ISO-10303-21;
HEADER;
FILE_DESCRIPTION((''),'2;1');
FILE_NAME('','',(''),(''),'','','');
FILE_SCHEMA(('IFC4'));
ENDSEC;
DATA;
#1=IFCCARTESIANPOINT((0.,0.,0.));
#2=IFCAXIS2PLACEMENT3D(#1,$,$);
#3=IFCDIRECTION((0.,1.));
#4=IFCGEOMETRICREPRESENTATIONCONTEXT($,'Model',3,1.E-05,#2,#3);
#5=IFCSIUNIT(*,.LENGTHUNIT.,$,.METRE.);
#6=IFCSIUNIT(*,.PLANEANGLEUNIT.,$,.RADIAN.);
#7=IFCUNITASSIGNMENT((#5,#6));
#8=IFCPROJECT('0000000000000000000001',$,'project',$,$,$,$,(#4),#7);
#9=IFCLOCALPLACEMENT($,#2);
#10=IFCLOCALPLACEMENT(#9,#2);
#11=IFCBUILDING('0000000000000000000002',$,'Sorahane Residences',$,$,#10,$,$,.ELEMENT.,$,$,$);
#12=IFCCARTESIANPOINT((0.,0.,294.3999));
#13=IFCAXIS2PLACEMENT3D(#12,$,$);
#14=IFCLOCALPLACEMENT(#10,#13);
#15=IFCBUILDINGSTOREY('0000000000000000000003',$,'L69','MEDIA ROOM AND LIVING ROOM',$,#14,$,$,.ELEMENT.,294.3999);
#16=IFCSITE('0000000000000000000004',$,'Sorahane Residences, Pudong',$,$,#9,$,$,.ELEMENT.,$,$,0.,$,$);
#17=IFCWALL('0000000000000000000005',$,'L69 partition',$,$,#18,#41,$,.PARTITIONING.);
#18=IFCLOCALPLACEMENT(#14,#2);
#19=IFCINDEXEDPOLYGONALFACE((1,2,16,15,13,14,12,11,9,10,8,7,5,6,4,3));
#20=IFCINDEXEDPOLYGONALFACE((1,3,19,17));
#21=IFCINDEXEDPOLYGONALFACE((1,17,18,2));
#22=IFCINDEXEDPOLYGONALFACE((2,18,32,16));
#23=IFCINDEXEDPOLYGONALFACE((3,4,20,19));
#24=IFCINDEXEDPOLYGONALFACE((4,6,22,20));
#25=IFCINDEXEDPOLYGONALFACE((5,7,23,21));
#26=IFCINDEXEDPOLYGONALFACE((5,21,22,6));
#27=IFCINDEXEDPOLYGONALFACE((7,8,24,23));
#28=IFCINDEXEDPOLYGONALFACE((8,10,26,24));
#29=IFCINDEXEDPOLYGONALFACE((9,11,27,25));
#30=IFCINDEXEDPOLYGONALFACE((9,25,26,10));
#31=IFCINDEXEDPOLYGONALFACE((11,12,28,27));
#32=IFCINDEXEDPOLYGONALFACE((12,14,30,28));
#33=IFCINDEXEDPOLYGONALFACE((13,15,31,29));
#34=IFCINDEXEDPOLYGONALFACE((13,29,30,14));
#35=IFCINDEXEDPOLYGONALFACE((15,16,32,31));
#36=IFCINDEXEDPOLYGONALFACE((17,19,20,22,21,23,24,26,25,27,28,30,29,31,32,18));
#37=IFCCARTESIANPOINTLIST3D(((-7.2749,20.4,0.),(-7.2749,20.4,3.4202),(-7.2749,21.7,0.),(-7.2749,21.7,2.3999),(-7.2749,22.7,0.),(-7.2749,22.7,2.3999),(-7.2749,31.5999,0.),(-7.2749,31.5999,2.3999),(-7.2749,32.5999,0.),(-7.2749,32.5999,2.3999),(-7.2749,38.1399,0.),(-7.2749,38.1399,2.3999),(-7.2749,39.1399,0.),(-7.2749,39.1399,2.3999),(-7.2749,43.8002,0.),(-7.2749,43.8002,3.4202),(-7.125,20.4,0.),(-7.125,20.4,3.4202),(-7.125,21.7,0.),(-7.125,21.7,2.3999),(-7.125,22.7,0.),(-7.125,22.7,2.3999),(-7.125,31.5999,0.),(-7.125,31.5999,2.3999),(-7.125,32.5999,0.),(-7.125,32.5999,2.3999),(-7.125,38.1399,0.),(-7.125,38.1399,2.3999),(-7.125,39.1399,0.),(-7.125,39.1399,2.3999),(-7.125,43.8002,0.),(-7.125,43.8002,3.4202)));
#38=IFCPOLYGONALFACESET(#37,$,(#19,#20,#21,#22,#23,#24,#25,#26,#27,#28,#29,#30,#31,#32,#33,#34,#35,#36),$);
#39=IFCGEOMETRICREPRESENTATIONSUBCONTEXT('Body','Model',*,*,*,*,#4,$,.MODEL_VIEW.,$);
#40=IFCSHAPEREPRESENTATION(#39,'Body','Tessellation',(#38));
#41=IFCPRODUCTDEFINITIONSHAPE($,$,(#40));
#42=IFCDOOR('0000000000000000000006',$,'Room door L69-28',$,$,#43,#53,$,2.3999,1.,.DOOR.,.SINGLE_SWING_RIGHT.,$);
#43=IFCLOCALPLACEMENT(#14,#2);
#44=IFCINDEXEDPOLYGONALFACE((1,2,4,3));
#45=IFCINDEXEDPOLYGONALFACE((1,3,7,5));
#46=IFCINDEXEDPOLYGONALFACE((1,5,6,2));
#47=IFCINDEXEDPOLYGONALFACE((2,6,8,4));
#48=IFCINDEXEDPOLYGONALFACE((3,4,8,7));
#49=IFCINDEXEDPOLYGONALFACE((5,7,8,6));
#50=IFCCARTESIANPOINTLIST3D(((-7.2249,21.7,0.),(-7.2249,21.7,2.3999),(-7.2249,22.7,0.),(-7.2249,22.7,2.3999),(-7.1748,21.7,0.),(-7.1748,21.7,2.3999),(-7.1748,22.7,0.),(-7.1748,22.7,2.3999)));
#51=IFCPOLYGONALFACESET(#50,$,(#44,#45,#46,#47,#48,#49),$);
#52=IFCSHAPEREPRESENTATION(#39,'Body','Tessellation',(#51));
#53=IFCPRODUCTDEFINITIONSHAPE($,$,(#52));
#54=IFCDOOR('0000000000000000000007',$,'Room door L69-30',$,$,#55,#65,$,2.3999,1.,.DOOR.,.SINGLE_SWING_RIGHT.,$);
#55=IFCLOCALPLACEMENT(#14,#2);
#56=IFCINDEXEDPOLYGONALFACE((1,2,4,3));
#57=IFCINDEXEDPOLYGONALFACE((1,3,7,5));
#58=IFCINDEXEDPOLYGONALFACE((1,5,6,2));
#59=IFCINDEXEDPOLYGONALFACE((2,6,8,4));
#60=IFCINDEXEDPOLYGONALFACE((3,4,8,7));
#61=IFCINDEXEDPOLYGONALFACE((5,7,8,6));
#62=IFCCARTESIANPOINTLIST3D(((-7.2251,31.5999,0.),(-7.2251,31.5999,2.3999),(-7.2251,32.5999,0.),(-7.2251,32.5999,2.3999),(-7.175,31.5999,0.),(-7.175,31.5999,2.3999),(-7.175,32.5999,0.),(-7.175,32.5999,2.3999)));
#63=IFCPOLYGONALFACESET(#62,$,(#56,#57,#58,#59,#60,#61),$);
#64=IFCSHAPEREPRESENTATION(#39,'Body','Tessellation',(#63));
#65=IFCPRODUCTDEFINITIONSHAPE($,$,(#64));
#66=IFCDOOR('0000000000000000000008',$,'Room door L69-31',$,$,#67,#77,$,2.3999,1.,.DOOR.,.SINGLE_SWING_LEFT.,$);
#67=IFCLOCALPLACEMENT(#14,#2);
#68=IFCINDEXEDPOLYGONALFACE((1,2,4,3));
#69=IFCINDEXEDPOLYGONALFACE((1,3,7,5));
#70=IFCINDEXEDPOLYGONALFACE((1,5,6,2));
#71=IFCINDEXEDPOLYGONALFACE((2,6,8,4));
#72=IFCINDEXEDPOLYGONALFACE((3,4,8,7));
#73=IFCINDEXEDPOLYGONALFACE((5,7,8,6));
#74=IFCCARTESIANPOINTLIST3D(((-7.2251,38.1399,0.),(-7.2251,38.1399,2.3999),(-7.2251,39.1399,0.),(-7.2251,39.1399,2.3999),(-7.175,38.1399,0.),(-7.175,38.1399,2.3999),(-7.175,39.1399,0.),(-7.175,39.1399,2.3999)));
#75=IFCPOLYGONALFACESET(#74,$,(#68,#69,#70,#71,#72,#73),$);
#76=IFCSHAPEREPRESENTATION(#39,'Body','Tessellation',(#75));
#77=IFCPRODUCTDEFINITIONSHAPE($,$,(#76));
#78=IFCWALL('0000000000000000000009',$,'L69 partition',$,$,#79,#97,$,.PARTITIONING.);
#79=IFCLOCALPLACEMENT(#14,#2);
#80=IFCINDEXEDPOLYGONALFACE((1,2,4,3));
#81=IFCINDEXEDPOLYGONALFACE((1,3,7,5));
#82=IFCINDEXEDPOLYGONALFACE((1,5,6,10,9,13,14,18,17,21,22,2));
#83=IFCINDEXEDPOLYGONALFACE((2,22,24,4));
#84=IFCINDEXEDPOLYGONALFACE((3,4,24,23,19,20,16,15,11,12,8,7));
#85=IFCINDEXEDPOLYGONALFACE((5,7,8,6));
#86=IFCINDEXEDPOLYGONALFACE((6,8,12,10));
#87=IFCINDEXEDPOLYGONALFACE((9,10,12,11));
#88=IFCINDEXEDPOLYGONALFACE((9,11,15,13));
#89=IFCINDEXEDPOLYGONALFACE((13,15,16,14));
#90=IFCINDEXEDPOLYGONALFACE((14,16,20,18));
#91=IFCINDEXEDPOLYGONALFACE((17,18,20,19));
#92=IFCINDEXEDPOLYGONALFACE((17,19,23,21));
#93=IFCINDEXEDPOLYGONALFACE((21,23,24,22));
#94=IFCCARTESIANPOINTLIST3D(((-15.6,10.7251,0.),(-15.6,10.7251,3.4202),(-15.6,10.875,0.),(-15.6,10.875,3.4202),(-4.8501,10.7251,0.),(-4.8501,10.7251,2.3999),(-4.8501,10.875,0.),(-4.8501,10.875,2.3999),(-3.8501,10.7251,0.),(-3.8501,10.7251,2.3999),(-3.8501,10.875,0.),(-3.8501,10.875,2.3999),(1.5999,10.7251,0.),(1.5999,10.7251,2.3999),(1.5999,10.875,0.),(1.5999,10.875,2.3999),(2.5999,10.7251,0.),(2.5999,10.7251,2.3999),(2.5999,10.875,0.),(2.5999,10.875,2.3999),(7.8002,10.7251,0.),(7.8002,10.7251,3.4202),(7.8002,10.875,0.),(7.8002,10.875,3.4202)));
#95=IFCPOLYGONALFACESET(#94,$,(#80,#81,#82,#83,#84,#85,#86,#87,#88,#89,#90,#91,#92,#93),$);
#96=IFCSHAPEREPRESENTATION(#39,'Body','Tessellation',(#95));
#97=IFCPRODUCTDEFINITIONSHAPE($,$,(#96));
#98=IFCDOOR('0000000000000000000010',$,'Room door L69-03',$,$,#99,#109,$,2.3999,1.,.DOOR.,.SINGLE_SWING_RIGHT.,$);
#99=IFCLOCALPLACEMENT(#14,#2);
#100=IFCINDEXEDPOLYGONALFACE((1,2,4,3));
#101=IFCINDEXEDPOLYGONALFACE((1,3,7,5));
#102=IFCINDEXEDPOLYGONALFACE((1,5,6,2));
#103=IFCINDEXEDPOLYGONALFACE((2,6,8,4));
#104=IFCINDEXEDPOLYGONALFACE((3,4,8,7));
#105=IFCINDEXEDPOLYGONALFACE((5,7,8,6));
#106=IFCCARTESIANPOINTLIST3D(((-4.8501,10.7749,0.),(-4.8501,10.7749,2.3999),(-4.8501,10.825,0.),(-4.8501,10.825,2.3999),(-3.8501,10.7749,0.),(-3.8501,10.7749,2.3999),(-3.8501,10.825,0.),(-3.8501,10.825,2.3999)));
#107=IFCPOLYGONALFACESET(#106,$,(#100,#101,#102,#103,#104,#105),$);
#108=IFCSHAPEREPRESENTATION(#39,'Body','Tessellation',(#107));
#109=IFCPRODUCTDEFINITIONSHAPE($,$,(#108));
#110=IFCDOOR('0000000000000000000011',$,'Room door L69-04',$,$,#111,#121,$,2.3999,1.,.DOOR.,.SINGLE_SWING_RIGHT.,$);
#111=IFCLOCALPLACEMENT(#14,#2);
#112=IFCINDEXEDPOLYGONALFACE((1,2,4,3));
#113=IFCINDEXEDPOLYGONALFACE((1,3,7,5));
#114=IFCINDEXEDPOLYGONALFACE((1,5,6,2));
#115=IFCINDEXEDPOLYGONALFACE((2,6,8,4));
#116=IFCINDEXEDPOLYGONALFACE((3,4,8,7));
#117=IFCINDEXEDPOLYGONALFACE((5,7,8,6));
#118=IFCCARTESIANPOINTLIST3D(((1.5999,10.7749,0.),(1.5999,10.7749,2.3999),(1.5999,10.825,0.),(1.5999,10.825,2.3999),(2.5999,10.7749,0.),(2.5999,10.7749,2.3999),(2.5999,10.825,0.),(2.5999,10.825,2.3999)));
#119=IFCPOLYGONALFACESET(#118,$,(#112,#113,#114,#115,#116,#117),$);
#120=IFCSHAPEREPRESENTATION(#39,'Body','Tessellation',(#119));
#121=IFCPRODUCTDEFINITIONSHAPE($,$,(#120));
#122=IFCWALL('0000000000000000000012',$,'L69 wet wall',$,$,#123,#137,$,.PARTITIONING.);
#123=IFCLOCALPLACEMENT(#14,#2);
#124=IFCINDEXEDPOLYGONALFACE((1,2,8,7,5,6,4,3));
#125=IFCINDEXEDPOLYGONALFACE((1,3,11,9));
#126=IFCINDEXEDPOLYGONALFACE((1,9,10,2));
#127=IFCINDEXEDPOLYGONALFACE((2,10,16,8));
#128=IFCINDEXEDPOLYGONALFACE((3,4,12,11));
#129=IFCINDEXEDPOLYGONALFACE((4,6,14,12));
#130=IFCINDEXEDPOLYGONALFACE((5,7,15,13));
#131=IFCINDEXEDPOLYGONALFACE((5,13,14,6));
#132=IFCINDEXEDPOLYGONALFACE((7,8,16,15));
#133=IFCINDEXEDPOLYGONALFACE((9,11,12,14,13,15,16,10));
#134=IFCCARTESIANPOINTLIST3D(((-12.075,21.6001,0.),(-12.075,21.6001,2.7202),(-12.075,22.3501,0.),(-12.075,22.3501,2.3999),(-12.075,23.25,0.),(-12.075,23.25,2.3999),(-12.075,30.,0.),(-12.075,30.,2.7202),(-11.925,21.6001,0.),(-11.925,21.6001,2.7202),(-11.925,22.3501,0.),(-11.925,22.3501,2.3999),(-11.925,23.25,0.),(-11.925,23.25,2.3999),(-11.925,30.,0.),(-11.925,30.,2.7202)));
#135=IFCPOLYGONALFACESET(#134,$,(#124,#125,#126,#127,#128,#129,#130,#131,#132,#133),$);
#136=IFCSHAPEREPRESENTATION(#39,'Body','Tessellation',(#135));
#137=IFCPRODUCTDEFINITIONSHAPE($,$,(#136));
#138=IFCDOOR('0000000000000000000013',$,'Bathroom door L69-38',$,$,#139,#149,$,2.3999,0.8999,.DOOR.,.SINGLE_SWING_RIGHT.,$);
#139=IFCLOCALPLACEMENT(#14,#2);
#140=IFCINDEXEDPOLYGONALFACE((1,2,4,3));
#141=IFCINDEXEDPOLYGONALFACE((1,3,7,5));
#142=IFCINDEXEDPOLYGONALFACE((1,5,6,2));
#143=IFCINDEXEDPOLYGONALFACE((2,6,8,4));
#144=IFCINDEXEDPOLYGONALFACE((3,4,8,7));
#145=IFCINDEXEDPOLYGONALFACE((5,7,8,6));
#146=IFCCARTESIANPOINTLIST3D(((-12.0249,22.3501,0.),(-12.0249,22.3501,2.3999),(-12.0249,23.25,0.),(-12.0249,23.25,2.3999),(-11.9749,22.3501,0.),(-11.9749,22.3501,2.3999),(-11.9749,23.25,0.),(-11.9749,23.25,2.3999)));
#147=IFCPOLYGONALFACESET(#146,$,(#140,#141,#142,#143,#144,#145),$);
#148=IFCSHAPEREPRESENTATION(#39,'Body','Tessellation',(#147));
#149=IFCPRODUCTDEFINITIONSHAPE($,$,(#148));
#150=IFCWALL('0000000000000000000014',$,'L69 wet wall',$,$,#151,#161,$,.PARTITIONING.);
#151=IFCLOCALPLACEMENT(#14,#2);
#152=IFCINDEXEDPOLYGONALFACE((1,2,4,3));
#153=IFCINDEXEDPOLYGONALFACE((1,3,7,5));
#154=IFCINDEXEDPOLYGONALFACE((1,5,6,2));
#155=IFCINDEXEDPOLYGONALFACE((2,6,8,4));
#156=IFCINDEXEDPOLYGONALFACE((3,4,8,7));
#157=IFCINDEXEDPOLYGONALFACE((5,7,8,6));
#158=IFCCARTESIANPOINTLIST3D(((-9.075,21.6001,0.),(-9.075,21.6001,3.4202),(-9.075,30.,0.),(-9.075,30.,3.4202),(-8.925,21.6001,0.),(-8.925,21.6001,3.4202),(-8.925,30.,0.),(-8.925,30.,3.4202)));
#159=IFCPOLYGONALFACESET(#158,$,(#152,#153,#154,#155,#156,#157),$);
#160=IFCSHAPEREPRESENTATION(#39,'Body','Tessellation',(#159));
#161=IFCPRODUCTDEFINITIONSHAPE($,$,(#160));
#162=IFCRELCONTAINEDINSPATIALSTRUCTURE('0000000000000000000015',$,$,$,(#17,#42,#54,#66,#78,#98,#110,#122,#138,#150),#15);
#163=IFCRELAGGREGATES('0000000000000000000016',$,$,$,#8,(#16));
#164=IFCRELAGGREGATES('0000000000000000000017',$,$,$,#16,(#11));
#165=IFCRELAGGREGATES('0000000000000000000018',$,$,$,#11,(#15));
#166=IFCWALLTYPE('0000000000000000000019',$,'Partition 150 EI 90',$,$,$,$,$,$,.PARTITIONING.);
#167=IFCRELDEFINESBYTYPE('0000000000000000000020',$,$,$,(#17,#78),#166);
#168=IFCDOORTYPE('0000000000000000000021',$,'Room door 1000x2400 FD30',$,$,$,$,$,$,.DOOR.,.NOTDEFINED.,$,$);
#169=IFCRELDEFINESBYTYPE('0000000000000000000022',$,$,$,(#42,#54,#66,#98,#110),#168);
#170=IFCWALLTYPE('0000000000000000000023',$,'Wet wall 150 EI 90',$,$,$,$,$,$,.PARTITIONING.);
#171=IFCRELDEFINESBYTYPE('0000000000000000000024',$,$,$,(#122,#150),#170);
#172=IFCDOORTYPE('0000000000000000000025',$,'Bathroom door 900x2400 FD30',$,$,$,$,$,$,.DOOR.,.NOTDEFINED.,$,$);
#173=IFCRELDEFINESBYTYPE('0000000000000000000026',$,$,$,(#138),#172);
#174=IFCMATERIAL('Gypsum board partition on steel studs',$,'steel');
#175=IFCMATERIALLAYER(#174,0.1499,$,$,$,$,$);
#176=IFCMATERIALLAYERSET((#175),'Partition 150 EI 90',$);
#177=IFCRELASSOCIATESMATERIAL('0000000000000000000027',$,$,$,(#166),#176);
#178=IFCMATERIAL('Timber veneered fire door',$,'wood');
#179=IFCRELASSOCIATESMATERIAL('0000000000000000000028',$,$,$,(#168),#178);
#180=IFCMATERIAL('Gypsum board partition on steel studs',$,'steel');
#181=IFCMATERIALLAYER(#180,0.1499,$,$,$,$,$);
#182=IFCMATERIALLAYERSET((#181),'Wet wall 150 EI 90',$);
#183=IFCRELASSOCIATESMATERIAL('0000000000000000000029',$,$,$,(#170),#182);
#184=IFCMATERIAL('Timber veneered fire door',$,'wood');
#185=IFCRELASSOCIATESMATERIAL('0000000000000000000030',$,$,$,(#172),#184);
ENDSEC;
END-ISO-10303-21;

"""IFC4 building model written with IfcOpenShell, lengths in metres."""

from ifc_helpers import new_model, si_unit, direction, frame, frame_2d, origin, place, context, subcontext, project, spatial, rectangle, extrude, material, layer, layer_set, type_object, element, fill, save


model = new_model("IFC4")

# Units and contexts
model_context = context("Model", 3, precision=1e-05, world=origin(), true_north=direction((0.0, 1.0)))
body_context = subcontext(model_context, "Body", "Model", "MODEL_VIEW")
ifc_project = project(units=[si_unit("LENGTHUNIT", "METRE"), si_unit("PLANEANGLEUNIT", "RADIAN")], contexts=[model_context])

# Site, building, storey
site_placement = place(None, origin())
site = spatial("IfcSite", under=ifc_project, at=site_placement, Name="Sorahane Residences, Pudong", CompositionType="ELEMENT", RefElevation=0.0)
building_placement = place(site_placement, origin())
building = spatial("IfcBuilding", under=site, at=building_placement, Name="Sorahane Residences", CompositionType="ELEMENT")
storey_placement = place(building_placement, frame((0.0, 0.0, 294.3999)))
storey = spatial("IfcBuildingStorey", under=building, at=storey_placement, Name="L69", Description="MEDIA ROOM AND LIVING ROOM", CompositionType="ELEMENT", Elevation=294.3999)

# Shared definitions
ifc_material_1 = material(Name="Gypsum board partition on steel studs", Category="steel")
ifc_layer_1 = layer(ifc_material_1, 0.1499)
ifc_layer_set_1 = layer_set([ifc_layer_1], Name="Partition 150 EI 90")
wall_type_1 = type_object("IfcWallType", Name="Partition 150 EI 90", PredefinedType="PARTITIONING", material=ifc_layer_set_1)
ifc_material_2 = material(Name="Timber veneered fire door", Category="wood")
door_type_1 = type_object("IfcDoorType", Name="Room door 1000x2400 FD30", OperationType="NOTDEFINED", PredefinedType="DOOR", material=ifc_material_2)

# Wall, openings, doors
wall_1_placement = place(storey_placement, frame((-7.2, 20.3999, 0.0), z_axis=(0.0, 0.0, 1.0), x_axis=(0.0, 1.0, 0.0)))
wall_1 = element("IfcWall", 1, at=wall_1_placement, inside=storey, type_object=wall_type_1, Name="L69 partition", PredefinedType="PARTITIONING", context=body_context, shape_type="SweptSolid", body=[
    extrude(rectangle(XDim=23.4001, YDim=0.1499, at=frame_2d((11.7002, 0.0))), origin(), (0.0, 0.0, 1.0), 3.4202),
])
opening_1_placement = place(wall_1_placement, frame((1.3, 0.0, 0.0)))
opening_1 = element("IfcOpeningElement", 2, at=opening_1_placement, cuts=wall_1, PredefinedType="OPENING", context=body_context, shape_type="SweptSolid", body=[
    extrude(rectangle(XDim=1.0, YDim=2.3999, at=frame_2d((0.5, 1.2))), frame((0.0, 0.085, 0.0), z_axis=(0.0, -1.0, 0.0), x_axis=(1.0, 0.0, 0.0)), (0.0, 0.0, 1.0), 0.1699),
])
opening_2_placement = place(wall_1_placement, frame((11.2, 0.0, 0.0)))
opening_2 = element("IfcOpeningElement", 3, at=opening_2_placement, cuts=wall_1, PredefinedType="OPENING", context=body_context, shape_type="SweptSolid", body=[
    extrude(rectangle(XDim=1.0, YDim=2.3999, at=frame_2d((0.5, 1.2))), frame((0.0, 0.085, 0.0), z_axis=(0.0, -1.0, 0.0), x_axis=(1.0, 0.0, 0.0)), (0.0, 0.0, 1.0), 0.1699),
])
opening_3_placement = place(wall_1_placement, frame((17.74, 0.0, 0.0)))
opening_3 = element("IfcOpeningElement", 4, at=opening_3_placement, cuts=wall_1, PredefinedType="OPENING", context=body_context, shape_type="SweptSolid", body=[
    extrude(rectangle(XDim=1.0, YDim=2.3999, at=frame_2d((0.5, 1.2))), frame((0.0, 0.085, 0.0), z_axis=(0.0, -1.0, 0.0), x_axis=(1.0, 0.0, 0.0)), (0.0, 0.0, 1.0), 0.1699),
])
door_1_placement = place(opening_1_placement, origin())
door_1 = element("IfcDoor", 5, at=door_1_placement, inside=storey, type_object=door_type_1, Name="Room door L69-28", OperationType="SINGLE_SWING_RIGHT", OverallHeight=2.3999, OverallWidth=1.0, PredefinedType="DOOR", context=body_context, shape_type="SweptSolid", body=[
    extrude(rectangle(XDim=1.0, YDim=2.3999, at=frame_2d((0.5, 1.2))), frame((0.0, 0.0249, 0.0), z_axis=(0.0, -1.0, 0.0), x_axis=(1.0, 0.0, 0.0)), (0.0, 0.0, 1.0), 0.05),
])
fill(opening_1, door_1)
door_2_placement = place(opening_2_placement, frame((1.0, 0.0, 0.0), z_axis=(0.0, 0.0, 1.0), x_axis=(-1.0, 0.0, 0.0)))
door_2 = element("IfcDoor", 6, at=door_2_placement, inside=storey, type_object=door_type_1, Name="Room door L69-30", OperationType="SINGLE_SWING_RIGHT", OverallHeight=2.3999, OverallWidth=1.0, PredefinedType="DOOR", context=body_context, shape_type="SweptSolid", body=[
    extrude(rectangle(XDim=1.0, YDim=2.3999, at=frame_2d((0.5, 1.2))), frame((0.0, 0.0249, 0.0), z_axis=(0.0, -1.0, 0.0), x_axis=(1.0, 0.0, 0.0)), (0.0, 0.0, 1.0), 0.05),
])
fill(opening_2, door_2)
door_3_placement = place(opening_3_placement, frame((1.0, 0.0, 0.0), z_axis=(0.0, 0.0, 1.0), x_axis=(-1.0, 0.0, 0.0)))
door_3 = element("IfcDoor", 7, at=door_3_placement, inside=storey, type_object=door_type_1, Name="Room door L69-31", OperationType="SINGLE_SWING_LEFT", OverallHeight=2.3999, OverallWidth=1.0, PredefinedType="DOOR", context=body_context, shape_type="SweptSolid", body=[
    extrude(rectangle(XDim=1.0, YDim=2.3999, at=frame_2d((0.5, 1.2))), frame((0.0, 0.0249, 0.0), z_axis=(0.0, -1.0, 0.0), x_axis=(1.0, 0.0, 0.0)), (0.0, 0.0, 1.0), 0.05),
])
fill(opening_3, door_3)

# Wall, openings, doors
wall_2_placement = place(storey_placement, frame((-15.6001, 10.8, 0.0), z_axis=(0.0, 0.0, 1.0), x_axis=(1.0, 0.0, 0.0)))
wall_2 = element("IfcWall", 8, at=wall_2_placement, inside=storey, type_object=wall_type_1, Name="L69 partition", PredefinedType="PARTITIONING", context=body_context, shape_type="SweptSolid", body=[
    extrude(rectangle(XDim=23.4001, YDim=0.1499, at=frame_2d((11.7002, 0.0))), origin(), (0.0, 0.0, 1.0), 3.4202),
])
opening_4_placement = place(wall_2_placement, frame((10.75, 0.0, 0.0)))
opening_4 = element("IfcOpeningElement", 9, at=opening_4_placement, cuts=wall_2, PredefinedType="OPENING", context=body_context, shape_type="SweptSolid", body=[
    extrude(rectangle(XDim=1.0, YDim=2.3999, at=frame_2d((0.5, 1.2))), frame((0.0, 0.085, 0.0), z_axis=(0.0, -1.0, 0.0), x_axis=(1.0, 0.0, 0.0)), (0.0, 0.0, 1.0), 0.1699),
])
opening_5_placement = place(wall_2_placement, frame((17.2, 0.0, 0.0)))
opening_5 = element("IfcOpeningElement", 10, at=opening_5_placement, cuts=wall_2, PredefinedType="OPENING", context=body_context, shape_type="SweptSolid", body=[
    extrude(rectangle(XDim=1.0, YDim=2.3999, at=frame_2d((0.5, 1.2))), frame((0.0, 0.085, 0.0), z_axis=(0.0, -1.0, 0.0), x_axis=(1.0, 0.0, 0.0)), (0.0, 0.0, 1.0), 0.1699),
])
door_4_placement = place(opening_4_placement, origin())
door_4 = element("IfcDoor", 11, at=door_4_placement, inside=storey, type_object=door_type_1, Name="Room door L69-03", OperationType="SINGLE_SWING_RIGHT", OverallHeight=2.3999, OverallWidth=1.0, PredefinedType="DOOR", context=body_context, shape_type="SweptSolid", body=[
    extrude(rectangle(XDim=1.0, YDim=2.3999, at=frame_2d((0.5, 1.2))), frame((0.0, 0.0249, 0.0), z_axis=(0.0, -1.0, 0.0), x_axis=(1.0, 0.0, 0.0)), (0.0, 0.0, 1.0), 0.05),
])
fill(opening_4, door_4)
door_5_placement = place(opening_5_placement, origin())
door_5 = element("IfcDoor", 12, at=door_5_placement, inside=storey, type_object=door_type_1, Name="Room door L69-04", OperationType="SINGLE_SWING_RIGHT", OverallHeight=2.3999, OverallWidth=1.0, PredefinedType="DOOR", context=body_context, shape_type="SweptSolid", body=[
    extrude(rectangle(XDim=1.0, YDim=2.3999, at=frame_2d((0.5, 1.2))), frame((0.0, 0.0249, 0.0), z_axis=(0.0, -1.0, 0.0), x_axis=(1.0, 0.0, 0.0)), (0.0, 0.0, 1.0), 0.05),
])
fill(opening_5, door_5)

# Wall, opening, door
ifc_material_3 = material(Name="Gypsum board partition on steel studs", Category="steel")
ifc_layer_2 = layer(ifc_material_3, 0.1499)
ifc_layer_set_2 = layer_set([ifc_layer_2], Name="Wet wall 150 EI 90")
wall_type_2 = type_object("IfcWallType", Name="Wet wall 150 EI 90", PredefinedType="PARTITIONING", material=ifc_layer_set_2)
wall_3_placement = place(storey_placement, frame((-12.0, 21.6001, 0.0), z_axis=(0.0, 0.0, 1.0), x_axis=(0.0, 1.0, 0.0)))
wall_3 = element("IfcWall", 13, at=wall_3_placement, inside=storey, type_object=wall_type_2, Name="L69 wet wall", PredefinedType="PARTITIONING", context=body_context, shape_type="SweptSolid", body=[
    extrude(rectangle(XDim=8.3999, YDim=0.1499, at=frame_2d((4.2, 0.0))), origin(), (0.0, 0.0, 1.0), 2.7202),
])
opening_6_placement = place(wall_3_placement, frame((0.75, 0.0, 0.0)))
opening_6 = element("IfcOpeningElement", 14, at=opening_6_placement, cuts=wall_3, PredefinedType="OPENING", context=body_context, shape_type="SweptSolid", body=[
    extrude(rectangle(XDim=0.8999, YDim=2.3999, at=frame_2d((0.45, 1.2))), frame((0.0, 0.085, 0.0), z_axis=(0.0, -1.0, 0.0), x_axis=(1.0, 0.0, 0.0)), (0.0, 0.0, 1.0), 0.1699),
])
ifc_material_4 = material(Name="Timber veneered fire door", Category="wood")
door_type_2 = type_object("IfcDoorType", Name="Bathroom door 900x2400 FD30", OperationType="NOTDEFINED", PredefinedType="DOOR", material=ifc_material_4)
door_6_placement = place(opening_6_placement, origin())
door_6 = element("IfcDoor", 15, at=door_6_placement, inside=storey, type_object=door_type_2, Name="Bathroom door L69-38", OperationType="SINGLE_SWING_RIGHT", OverallHeight=2.3999, OverallWidth=0.8999, PredefinedType="DOOR", context=body_context, shape_type="SweptSolid", body=[
    extrude(rectangle(XDim=0.8999, YDim=2.3999, at=frame_2d((0.45, 1.2))), frame((0.0, 0.0249, 0.0), z_axis=(0.0, -1.0, 0.0), x_axis=(1.0, 0.0, 0.0)), (0.0, 0.0, 1.0), 0.05),
])
fill(opening_6, door_6)

# Wall
wall_4_placement = place(storey_placement, frame((-9.0, 21.6001, 0.0), z_axis=(0.0, 0.0, 1.0), x_axis=(0.0, 1.0, 0.0)))
element("IfcWall", 16, at=wall_4_placement, inside=storey, type_object=wall_type_2, Name="L69 wet wall", PredefinedType="PARTITIONING", context=body_context, shape_type="SweptSolid", body=[
    extrude(rectangle(XDim=8.3999, YDim=0.1499, at=frame_2d((4.2, 0.0))), origin(), (0.0, 0.0, 1.0), 3.4202),
])

save(model, "model.ifc")
